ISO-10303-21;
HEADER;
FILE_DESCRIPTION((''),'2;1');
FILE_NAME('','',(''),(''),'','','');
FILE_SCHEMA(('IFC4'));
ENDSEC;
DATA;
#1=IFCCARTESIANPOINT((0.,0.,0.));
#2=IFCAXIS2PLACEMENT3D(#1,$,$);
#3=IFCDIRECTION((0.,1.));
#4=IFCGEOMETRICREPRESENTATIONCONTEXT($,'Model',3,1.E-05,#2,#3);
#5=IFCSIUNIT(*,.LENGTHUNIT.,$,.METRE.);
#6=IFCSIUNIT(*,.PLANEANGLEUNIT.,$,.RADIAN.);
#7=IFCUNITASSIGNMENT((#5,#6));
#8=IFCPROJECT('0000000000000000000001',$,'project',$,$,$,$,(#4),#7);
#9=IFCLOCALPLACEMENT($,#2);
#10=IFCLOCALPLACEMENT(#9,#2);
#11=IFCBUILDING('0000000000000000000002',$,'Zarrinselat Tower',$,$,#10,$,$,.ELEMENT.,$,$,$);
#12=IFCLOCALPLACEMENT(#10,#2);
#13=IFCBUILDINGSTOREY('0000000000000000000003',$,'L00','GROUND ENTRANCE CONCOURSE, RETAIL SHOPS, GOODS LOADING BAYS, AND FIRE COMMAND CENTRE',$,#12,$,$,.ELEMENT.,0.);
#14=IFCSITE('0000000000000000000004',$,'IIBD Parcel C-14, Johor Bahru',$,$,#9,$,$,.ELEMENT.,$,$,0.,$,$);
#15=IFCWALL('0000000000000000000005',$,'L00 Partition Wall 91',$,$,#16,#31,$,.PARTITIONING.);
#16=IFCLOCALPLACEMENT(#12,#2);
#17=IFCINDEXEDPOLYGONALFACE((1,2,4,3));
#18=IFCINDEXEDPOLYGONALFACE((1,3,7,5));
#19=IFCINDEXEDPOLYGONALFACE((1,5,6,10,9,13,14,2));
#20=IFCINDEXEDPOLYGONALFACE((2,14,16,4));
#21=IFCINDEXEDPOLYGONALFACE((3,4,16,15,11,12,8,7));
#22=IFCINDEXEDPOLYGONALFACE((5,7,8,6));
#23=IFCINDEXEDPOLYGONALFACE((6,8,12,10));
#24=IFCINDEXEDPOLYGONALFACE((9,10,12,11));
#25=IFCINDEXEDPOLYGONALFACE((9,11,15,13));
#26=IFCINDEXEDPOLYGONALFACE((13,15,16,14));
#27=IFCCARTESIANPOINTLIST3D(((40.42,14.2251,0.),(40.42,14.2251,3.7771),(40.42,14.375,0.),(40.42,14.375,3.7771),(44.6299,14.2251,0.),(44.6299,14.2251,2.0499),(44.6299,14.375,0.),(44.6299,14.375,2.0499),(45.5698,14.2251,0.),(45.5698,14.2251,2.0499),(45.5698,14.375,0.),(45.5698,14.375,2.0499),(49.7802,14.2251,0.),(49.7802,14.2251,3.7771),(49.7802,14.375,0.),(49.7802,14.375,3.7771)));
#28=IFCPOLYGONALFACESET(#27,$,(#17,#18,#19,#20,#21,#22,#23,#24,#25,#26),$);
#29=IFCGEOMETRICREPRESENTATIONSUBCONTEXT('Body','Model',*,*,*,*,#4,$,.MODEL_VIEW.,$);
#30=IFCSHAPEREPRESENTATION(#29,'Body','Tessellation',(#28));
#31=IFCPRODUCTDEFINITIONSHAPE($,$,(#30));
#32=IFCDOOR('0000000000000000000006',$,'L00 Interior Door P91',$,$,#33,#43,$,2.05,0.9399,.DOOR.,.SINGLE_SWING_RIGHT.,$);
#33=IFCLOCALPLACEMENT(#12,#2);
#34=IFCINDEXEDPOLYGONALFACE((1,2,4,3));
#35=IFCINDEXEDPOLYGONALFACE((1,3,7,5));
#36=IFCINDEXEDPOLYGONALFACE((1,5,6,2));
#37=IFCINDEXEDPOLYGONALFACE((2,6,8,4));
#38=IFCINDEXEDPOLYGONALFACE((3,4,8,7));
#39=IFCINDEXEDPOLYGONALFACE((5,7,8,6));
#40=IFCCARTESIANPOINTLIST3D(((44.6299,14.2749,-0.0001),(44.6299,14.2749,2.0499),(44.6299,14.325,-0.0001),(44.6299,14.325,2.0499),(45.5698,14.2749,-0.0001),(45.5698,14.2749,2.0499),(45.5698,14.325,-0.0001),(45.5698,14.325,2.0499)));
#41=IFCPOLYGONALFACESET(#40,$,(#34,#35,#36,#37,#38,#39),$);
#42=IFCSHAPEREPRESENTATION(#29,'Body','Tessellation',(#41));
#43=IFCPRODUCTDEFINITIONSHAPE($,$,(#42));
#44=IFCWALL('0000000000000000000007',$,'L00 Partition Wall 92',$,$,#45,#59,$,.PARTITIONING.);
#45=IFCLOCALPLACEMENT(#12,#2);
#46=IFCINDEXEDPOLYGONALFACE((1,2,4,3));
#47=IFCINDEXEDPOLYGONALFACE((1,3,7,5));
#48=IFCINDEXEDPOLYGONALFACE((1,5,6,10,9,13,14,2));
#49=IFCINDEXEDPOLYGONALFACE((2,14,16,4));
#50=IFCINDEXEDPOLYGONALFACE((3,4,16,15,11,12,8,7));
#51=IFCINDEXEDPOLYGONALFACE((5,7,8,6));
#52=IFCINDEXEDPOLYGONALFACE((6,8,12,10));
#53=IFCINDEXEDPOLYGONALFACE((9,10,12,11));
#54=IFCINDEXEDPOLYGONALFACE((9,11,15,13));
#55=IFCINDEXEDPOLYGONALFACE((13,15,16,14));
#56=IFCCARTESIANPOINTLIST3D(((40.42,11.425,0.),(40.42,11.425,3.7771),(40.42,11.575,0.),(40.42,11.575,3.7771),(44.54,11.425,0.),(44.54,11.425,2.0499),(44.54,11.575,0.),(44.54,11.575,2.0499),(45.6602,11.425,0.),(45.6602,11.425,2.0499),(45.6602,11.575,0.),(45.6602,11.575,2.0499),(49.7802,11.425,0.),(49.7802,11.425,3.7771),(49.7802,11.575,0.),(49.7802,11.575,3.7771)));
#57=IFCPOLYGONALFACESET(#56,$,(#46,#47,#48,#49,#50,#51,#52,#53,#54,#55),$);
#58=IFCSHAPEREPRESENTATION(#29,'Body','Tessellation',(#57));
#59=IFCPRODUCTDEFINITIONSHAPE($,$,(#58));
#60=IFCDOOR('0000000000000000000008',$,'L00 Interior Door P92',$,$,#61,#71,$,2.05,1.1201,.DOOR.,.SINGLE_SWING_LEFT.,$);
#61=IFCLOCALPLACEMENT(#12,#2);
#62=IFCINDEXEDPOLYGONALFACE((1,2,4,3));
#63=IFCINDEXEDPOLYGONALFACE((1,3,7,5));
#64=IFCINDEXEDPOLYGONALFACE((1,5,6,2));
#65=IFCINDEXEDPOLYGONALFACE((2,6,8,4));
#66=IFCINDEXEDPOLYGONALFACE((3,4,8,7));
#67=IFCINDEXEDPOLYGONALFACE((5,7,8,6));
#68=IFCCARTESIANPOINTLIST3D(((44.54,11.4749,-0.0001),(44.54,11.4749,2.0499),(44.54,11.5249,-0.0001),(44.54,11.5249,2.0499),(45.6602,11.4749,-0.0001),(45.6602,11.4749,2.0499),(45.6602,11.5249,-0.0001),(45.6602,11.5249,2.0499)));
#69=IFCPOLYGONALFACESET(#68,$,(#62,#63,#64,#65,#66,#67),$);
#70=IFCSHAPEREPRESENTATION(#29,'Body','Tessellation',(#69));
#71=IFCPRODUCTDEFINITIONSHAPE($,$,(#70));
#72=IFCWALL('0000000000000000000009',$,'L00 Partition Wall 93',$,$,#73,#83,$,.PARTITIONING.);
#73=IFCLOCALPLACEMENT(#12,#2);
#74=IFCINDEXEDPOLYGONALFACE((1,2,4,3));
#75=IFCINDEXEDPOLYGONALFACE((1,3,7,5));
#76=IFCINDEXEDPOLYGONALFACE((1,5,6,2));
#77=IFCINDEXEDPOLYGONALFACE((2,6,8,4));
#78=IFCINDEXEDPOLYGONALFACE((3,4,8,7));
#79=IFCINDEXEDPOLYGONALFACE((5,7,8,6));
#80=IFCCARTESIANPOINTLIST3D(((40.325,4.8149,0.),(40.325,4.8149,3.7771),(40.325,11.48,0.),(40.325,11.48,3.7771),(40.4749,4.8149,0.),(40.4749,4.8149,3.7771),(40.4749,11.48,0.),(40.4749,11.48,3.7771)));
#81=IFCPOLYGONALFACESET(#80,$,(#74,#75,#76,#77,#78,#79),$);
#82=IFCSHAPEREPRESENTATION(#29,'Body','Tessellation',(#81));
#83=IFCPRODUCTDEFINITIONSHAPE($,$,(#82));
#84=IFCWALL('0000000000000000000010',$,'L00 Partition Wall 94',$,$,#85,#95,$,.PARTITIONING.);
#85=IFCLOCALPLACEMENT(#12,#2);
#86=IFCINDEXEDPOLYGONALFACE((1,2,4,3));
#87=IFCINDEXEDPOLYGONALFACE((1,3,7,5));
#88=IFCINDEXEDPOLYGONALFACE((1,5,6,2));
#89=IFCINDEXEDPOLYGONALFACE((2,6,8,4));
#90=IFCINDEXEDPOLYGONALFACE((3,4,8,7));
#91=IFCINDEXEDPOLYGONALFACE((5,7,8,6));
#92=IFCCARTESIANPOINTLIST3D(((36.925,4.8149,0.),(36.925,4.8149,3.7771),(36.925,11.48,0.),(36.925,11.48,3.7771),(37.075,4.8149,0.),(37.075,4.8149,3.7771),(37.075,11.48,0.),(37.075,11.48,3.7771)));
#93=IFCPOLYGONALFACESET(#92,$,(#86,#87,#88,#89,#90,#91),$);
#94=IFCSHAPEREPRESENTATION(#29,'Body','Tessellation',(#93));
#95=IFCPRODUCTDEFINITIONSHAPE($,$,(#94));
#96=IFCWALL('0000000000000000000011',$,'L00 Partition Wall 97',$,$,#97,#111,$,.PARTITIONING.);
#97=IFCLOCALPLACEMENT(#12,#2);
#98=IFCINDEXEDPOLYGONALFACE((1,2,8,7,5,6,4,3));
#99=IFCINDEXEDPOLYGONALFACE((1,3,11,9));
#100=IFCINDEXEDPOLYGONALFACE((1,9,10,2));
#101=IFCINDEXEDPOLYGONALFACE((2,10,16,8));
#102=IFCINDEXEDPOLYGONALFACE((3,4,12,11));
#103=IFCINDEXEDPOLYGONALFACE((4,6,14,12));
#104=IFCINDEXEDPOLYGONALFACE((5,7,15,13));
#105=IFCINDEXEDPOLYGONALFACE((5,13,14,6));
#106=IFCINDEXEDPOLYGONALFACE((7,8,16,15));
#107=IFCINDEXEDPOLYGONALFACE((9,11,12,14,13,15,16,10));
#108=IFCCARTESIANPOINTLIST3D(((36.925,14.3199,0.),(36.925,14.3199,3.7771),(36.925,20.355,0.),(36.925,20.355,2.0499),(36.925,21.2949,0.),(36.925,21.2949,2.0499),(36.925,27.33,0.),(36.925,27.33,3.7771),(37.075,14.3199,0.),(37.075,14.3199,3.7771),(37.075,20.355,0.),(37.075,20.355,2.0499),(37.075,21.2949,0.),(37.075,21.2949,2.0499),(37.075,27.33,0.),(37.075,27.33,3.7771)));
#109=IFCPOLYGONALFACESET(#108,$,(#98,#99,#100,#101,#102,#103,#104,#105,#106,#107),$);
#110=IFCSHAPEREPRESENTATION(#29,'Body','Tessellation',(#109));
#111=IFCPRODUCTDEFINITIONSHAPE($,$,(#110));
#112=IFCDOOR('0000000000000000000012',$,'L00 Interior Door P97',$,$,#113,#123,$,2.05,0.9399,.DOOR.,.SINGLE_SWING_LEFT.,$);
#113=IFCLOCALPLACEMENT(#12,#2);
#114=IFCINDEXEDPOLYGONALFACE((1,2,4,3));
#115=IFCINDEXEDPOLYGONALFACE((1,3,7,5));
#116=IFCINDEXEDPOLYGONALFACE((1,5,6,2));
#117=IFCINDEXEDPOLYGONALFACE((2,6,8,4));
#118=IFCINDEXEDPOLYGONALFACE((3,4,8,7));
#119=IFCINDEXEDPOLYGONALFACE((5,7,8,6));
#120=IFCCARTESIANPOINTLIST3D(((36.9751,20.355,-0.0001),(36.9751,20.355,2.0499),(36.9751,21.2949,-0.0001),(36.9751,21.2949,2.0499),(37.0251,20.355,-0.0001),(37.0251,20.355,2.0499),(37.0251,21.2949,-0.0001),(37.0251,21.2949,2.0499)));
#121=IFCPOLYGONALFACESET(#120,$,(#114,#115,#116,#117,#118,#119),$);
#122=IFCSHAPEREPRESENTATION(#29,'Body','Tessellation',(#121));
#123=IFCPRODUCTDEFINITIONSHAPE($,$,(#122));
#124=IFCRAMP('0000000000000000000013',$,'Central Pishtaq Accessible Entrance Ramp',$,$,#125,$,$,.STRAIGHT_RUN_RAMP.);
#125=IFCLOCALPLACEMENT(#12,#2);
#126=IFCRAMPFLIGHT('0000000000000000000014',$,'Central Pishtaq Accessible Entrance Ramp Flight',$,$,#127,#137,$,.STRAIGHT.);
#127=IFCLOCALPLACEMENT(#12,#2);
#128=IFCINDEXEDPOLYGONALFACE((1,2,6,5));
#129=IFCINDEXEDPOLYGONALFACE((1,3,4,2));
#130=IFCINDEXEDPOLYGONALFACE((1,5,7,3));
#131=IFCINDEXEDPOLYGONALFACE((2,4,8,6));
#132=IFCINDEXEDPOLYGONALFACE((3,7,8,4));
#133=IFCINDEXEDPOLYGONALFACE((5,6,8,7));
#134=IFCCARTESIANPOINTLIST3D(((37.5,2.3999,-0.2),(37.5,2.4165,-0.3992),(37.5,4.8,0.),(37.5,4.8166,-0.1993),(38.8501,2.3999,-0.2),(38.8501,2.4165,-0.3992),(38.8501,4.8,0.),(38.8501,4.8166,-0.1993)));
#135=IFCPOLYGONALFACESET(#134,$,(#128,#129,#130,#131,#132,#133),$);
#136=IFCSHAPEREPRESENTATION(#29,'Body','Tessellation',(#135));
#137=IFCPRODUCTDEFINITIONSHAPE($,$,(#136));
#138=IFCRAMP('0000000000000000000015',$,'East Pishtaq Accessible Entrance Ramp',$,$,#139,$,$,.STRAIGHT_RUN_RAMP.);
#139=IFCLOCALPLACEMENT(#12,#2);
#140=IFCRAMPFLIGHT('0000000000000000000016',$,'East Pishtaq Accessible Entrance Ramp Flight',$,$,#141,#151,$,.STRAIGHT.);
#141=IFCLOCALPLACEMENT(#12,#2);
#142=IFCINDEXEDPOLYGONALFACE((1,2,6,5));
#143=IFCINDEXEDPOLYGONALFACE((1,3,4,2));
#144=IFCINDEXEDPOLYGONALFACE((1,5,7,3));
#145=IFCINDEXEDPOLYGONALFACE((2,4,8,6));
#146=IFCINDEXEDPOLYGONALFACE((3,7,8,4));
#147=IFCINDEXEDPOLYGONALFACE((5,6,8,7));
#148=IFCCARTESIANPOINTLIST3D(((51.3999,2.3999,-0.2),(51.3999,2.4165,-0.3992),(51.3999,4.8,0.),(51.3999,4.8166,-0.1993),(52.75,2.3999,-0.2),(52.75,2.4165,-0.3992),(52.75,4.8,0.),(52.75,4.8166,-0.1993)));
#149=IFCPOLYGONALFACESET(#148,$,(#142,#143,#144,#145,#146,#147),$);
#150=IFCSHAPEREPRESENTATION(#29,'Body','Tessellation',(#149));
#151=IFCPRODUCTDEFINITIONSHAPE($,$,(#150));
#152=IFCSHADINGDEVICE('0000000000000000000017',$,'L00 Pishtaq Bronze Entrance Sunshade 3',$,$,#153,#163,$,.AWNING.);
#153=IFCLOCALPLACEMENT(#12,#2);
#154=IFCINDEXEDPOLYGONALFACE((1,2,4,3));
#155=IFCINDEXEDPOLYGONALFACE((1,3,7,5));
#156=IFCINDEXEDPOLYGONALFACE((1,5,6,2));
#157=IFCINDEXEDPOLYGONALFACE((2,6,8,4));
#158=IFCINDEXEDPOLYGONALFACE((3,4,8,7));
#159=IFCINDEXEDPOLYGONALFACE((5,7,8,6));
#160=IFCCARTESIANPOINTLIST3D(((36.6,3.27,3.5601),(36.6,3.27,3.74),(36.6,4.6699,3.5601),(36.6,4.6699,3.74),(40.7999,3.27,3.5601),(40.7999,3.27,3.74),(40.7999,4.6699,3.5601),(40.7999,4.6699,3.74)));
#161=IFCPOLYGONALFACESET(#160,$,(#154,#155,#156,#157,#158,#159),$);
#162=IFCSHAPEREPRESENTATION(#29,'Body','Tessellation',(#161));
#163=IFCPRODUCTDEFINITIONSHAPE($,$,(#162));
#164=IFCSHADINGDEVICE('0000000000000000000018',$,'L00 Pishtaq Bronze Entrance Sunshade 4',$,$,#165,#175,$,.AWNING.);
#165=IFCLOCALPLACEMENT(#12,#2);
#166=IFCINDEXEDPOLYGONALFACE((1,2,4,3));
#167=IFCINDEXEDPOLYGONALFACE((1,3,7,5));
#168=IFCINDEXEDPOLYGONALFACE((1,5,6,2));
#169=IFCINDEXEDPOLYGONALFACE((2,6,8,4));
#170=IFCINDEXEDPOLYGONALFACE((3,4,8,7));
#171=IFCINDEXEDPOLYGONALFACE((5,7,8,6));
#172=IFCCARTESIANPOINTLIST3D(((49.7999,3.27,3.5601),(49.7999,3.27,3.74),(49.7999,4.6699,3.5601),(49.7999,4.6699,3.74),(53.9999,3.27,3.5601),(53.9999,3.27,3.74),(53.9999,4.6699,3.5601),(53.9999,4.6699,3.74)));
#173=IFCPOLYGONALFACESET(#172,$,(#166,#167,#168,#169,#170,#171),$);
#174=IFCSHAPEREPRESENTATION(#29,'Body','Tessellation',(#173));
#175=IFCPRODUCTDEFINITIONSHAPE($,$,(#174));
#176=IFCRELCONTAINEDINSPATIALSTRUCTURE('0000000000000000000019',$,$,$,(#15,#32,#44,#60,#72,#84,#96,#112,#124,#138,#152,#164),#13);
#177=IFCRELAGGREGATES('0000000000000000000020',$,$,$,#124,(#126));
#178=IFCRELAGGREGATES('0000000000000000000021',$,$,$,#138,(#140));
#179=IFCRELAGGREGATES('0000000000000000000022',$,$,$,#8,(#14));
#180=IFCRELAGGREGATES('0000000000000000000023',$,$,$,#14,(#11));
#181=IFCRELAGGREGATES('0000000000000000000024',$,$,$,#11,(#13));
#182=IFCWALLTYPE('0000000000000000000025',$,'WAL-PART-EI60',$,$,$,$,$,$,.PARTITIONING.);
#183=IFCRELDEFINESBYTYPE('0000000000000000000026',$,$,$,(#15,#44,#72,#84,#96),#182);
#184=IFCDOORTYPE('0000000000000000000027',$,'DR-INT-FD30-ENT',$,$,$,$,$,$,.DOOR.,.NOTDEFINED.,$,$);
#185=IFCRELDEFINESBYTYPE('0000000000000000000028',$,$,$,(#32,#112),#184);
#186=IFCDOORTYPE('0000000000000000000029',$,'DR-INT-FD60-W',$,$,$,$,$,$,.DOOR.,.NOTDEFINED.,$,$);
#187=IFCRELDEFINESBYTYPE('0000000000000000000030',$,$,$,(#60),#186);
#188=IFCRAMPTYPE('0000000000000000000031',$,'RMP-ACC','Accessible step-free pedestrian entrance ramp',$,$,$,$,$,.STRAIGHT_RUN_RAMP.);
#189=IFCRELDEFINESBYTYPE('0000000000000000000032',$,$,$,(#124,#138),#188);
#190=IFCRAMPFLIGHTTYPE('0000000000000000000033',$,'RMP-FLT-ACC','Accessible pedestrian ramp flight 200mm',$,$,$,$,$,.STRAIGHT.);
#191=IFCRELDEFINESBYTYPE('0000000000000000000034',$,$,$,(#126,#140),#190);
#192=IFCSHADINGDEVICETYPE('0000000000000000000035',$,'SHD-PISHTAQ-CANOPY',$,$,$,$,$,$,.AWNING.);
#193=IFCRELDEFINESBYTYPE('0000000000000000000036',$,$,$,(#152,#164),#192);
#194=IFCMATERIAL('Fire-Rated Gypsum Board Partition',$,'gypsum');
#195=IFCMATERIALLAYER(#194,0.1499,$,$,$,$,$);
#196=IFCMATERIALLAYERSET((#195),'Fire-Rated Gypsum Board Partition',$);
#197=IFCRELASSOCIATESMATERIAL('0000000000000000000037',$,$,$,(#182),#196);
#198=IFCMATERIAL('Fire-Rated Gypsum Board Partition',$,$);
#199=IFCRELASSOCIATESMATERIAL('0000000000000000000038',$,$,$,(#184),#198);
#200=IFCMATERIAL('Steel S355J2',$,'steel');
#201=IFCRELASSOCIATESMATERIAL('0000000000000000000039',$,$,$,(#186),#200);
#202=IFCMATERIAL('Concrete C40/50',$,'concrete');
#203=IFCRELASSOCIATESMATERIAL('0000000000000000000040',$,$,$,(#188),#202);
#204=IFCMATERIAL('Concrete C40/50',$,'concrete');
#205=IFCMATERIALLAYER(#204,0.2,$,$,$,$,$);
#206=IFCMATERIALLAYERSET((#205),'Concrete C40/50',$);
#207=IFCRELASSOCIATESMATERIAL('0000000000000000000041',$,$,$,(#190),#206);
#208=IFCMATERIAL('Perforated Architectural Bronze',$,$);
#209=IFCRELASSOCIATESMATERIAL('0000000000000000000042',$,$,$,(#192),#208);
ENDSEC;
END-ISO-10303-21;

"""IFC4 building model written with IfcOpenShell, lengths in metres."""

from ifc_helpers import new_model, si_unit, direction, frame, frame_2d, origin, origin_2d, place, context, subcontext, project, spatial, polyline, rectangle, outline, extrude, material, layer, layer_set, type_object, element, fill, aggregate, save


model = new_model("IFC4")

# Units and contexts
model_context = context("Model", 3, precision=1e-05, world=origin(), true_north=direction((0.0, 1.0)))
body_context = subcontext(model_context, "Body", "Model", "MODEL_VIEW")
ifc_project = project(units=[si_unit("LENGTHUNIT", "METRE"), si_unit("PLANEANGLEUNIT", "RADIAN")], contexts=[model_context])

# Site, building, storey
site_placement = place(None, origin())
site = spatial("IfcSite", under=ifc_project, at=site_placement, Name="IIBD Parcel C-14, Johor Bahru", CompositionType="ELEMENT", RefElevation=0.0)
building_placement = place(site_placement, origin())
building = spatial("IfcBuilding", under=site, at=building_placement, Name="Zarrinselat Tower", CompositionType="ELEMENT")
storey_placement = place(building_placement, origin())
storey = spatial("IfcBuildingStorey", under=building, at=storey_placement, Name="L00", Description="GROUND ENTRANCE CONCOURSE, RETAIL SHOPS, GOODS LOADING BAYS, AND FIRE COMMAND CENTRE", CompositionType="ELEMENT", Elevation=0.0)

# Shared definitions
ifc_material_1 = material(Name="Fire-Rated Gypsum Board Partition", Category="gypsum")
ifc_layer_1 = layer(ifc_material_1, 0.1499)
ifc_layer_set_1 = layer_set([ifc_layer_1], Name="Fire-Rated Gypsum Board Partition")
wall_type_1 = type_object("IfcWallType", Name="WAL-PART-EI60", PredefinedType="PARTITIONING", material=ifc_layer_set_1)

# Shared definitions
ifc_material_2 = material(Name="Fire-Rated Gypsum Board Partition")
door_type_1 = type_object("IfcDoorType", Name="DR-INT-FD30-ENT", OperationType="NOTDEFINED", PredefinedType="DOOR", material=ifc_material_2)

# Walls, openings, doors
wall_1_placement = place(storey_placement, frame((40.4199, 14.3, 0.0), z_axis=(0.0, 0.0, 1.0), x_axis=(1.0, 0.0, 0.0)))
wall_1 = element("IfcWall", 1, at=wall_1_placement, inside=storey, type_object=wall_type_1, Name="L00 Partition Wall 91", PredefinedType="PARTITIONING", context=body_context, shape_type="SweptSolid", body=[
    extrude(rectangle(XDim=9.3601, YDim=0.1499, at=frame_2d((4.6802, 0.0))), origin(), (0.0, 0.0, 1.0), 3.7771),
])
opening_1_placement = place(wall_1_placement, frame((4.21, 0.0, 0.0)))
opening_1 = element("IfcOpeningElement", 2, at=opening_1_placement, cuts=wall_1, PredefinedType="OPENING", context=body_context, shape_type="SweptSolid", body=[
    extrude(rectangle(XDim=0.9399, YDim=2.05, at=frame_2d((0.47, 1.0249))), frame((0.0, 0.085, 0.0), z_axis=(0.0, -1.0, 0.0), x_axis=(1.0, 0.0, 0.0)), (0.0, 0.0, 1.0), 0.1699),
])
door_1_placement = place(opening_1_placement, origin())
door_1 = element("IfcDoor", 3, at=door_1_placement, inside=storey, type_object=door_type_1, Name="L00 Interior Door P91", OperationType="SINGLE_SWING_RIGHT", OverallHeight=2.05, OverallWidth=0.9399, PredefinedType="DOOR", context=body_context, shape_type="SweptSolid", body=[
    extrude(rectangle(XDim=0.9399, YDim=2.05, at=frame_2d((0.47, 1.0249))), frame((0.0, 0.0249, 0.0), z_axis=(0.0, -1.0, 0.0), x_axis=(1.0, 0.0, 0.0)), (0.0, 0.0, 1.0), 0.05),
])
fill(opening_1, door_1)
wall_2_placement = place(storey_placement, frame((40.4199, 11.5, 0.0), z_axis=(0.0, 0.0, 1.0), x_axis=(1.0, 0.0, 0.0)))
wall_2 = element("IfcWall", 4, at=wall_2_placement, inside=storey, type_object=wall_type_1, Name="L00 Partition Wall 92", PredefinedType="PARTITIONING", context=body_context, shape_type="SweptSolid", body=[
    extrude(rectangle(XDim=9.3601, YDim=0.1499, at=frame_2d((4.6802, 0.0))), origin(), (0.0, 0.0, 1.0), 3.7771),
])
opening_2_placement = place(wall_2_placement, frame((4.1201, 0.0, 0.0)))
opening_2 = element("IfcOpeningElement", 5, at=opening_2_placement, cuts=wall_2, PredefinedType="OPENING", context=body_context, shape_type="SweptSolid", body=[
    extrude(rectangle(XDim=1.1201, YDim=2.05, at=frame_2d((0.5601, 1.0249))), frame((0.0, 0.085, 0.0), z_axis=(0.0, -1.0, 0.0), x_axis=(1.0, 0.0, 0.0)), (0.0, 0.0, 1.0), 0.1699),
])
ifc_material_3 = material(Name="Steel S355J2", Category="steel")
door_type_2 = type_object("IfcDoorType", Name="DR-INT-FD60-W", OperationType="NOTDEFINED", PredefinedType="DOOR", material=ifc_material_3)
door_2_placement = place(opening_2_placement, origin())
door_2 = element("IfcDoor", 6, at=door_2_placement, inside=storey, type_object=door_type_2, Name="L00 Interior Door P92", OperationType="SINGLE_SWING_LEFT", OverallHeight=2.05, OverallWidth=1.1201, PredefinedType="DOOR", context=body_context, shape_type="SweptSolid", body=[
    extrude(rectangle(XDim=1.1201, YDim=2.05, at=frame_2d((0.5601, 1.0249))), frame((0.0, 0.0249, 0.0), z_axis=(0.0, -1.0, 0.0), x_axis=(1.0, 0.0, 0.0)), (0.0, 0.0, 1.0), 0.05),
])
fill(opening_2, door_2)

# Walls
for number, where, z_axis, x_axis, name in (
    (7, (40.3999, 4.8149, 0.0), (0.0, 0.0, 1.0), (0.0, 1.0, 0.0), "L00 Partition Wall 93"),
    (8, (37.0, 4.8149, 0.0), (0.0, 0.0, 1.0), (0.0, 1.0, 0.0), "L00 Partition Wall 94"),
):
    element("IfcWall", number, at=place(storey_placement, frame(where, z_axis=z_axis, x_axis=x_axis)), inside=storey, type_object=wall_type_1, Name=name, PredefinedType="PARTITIONING", context=body_context, shape_type="SweptSolid", body=[
        extrude(rectangle(XDim=6.665, YDim=0.1499, at=frame_2d((3.3325, 0.0))), origin(), (0.0, 0.0, 1.0), 3.7771),
    ])

# Wall, opening, door
wall_3_placement = place(storey_placement, frame((37.0, 14.3201, 0.0), z_axis=(0.0, 0.0, 1.0), x_axis=(0.0, 1.0, 0.0)))
wall_3 = element("IfcWall", 9, at=wall_3_placement, inside=storey, type_object=wall_type_1, Name="L00 Partition Wall 97", PredefinedType="PARTITIONING", context=body_context, shape_type="SweptSolid", body=[
    extrude(rectangle(XDim=13.01, YDim=0.1499, at=frame_2d((6.5049, 0.0))), origin(), (0.0, 0.0, 1.0), 3.7771),
])
opening_3_placement = place(wall_3_placement, frame((6.0349, 0.0, 0.0)))
opening_3 = element("IfcOpeningElement", 10, at=opening_3_placement, cuts=wall_3, PredefinedType="OPENING", context=body_context, shape_type="SweptSolid", body=[
    extrude(rectangle(XDim=0.9399, YDim=2.05, at=frame_2d((0.47, 1.0249))), frame((0.0, 0.085, 0.0), z_axis=(0.0, -1.0, 0.0), x_axis=(1.0, 0.0, 0.0)), (0.0, 0.0, 1.0), 0.1699),
])
door_3_placement = place(opening_3_placement, origin())
door_3 = element("IfcDoor", 11, at=door_3_placement, inside=storey, type_object=door_type_1, Name="L00 Interior Door P97", OperationType="SINGLE_SWING_LEFT", OverallHeight=2.05, OverallWidth=0.9399, PredefinedType="DOOR", context=body_context, shape_type="SweptSolid", body=[
    extrude(rectangle(XDim=0.9399, YDim=2.05, at=frame_2d((0.47, 1.0249))), frame((0.0, 0.0249, 0.0), z_axis=(0.0, -1.0, 0.0), x_axis=(1.0, 0.0, 0.0)), (0.0, 0.0, 1.0), 0.05),
])
fill(opening_3, door_3)

# Ramps, ramp flights
ifc_material_4 = material(Name="Concrete C40/50", Category="concrete")
ramp_type = type_object("IfcRampType", Name="RMP-ACC", Description="Accessible step-free pedestrian entrance ramp", PredefinedType="STRAIGHT_RUN_RAMP", material=ifc_material_4)
ramp_1_placement = place(storey_placement, origin())
ramp_1 = element("IfcRamp", 12, at=ramp_1_placement, inside=storey, type_object=ramp_type, Name="Central Pishtaq Accessible Entrance Ramp", PredefinedType="STRAIGHT_RUN_RAMP")
ifc_material_5 = material(Name="Concrete C40/50", Category="concrete")
ifc_layer_2 = layer(ifc_material_5, 0.2)
ifc_layer_set_2 = layer_set([ifc_layer_2], Name="Concrete C40/50")
ramp_flight_type = type_object("IfcRampFlightType", Name="RMP-FLT-ACC", Description="Accessible pedestrian ramp flight 200mm", PredefinedType="STRAIGHT", material=ifc_layer_set_2)
ramp_flight_1_placement = place(storey_placement, frame((37.5, 2.3999, -0.2), z_axis=(0.0, -0.08302, 0.996548), x_axis=(1.0, 0.0, 0.0)))
ramp_flight_1 = element("IfcRampFlight", 13, at=ramp_flight_1_placement, type_object=ramp_flight_type, Name="Central Pishtaq Accessible Entrance Ramp Flight", PredefinedType="STRAIGHT", context=body_context, shape_type="SweptSolid", body=[
    extrude(outline(polyline([(0.0, 0.0), (1.3501, 0.0), (1.3501, 2.4085), (0.0, 2.4085), (0.0, 0.0)])), origin(), (0.0, 0.0, -1.0), 0.2),
])
aggregate(ramp_1, [ramp_flight_1])
ramp_2_placement = place(storey_placement, origin())
ramp_2 = element("IfcRamp", 14, at=ramp_2_placement, inside=storey, type_object=ramp_type, Name="East Pishtaq Accessible Entrance Ramp", PredefinedType="STRAIGHT_RUN_RAMP")
ramp_flight_2_placement = place(storey_placement, frame((51.3999, 2.3999, -0.2), z_axis=(0.0, -0.08302, 0.996548), x_axis=(1.0, 0.0, 0.0)))
ramp_flight_2 = element("IfcRampFlight", 15, at=ramp_flight_2_placement, type_object=ramp_flight_type, Name="East Pishtaq Accessible Entrance Ramp Flight", PredefinedType="STRAIGHT", context=body_context, shape_type="SweptSolid", body=[
    extrude(outline(polyline([(0.0, 0.0), (1.3501, 0.0), (1.3501, 2.4085), (0.0, 2.4085), (0.0, 0.0)])), origin(), (0.0, 0.0, -1.0), 0.2),
])
aggregate(ramp_2, [ramp_flight_2])

# Shading devices
ifc_material_6 = material(Name="Perforated Architectural Bronze")
shading_device_type = type_object("IfcShadingDeviceType", Name="SHD-PISHTAQ-CANOPY", PredefinedType="AWNING", material=ifc_material_6)
for number, where, z_axis, x_axis, name in (
    (16, (38.7, 3.97, 3.5601), (0.0, 0.0, 1.0), (1.0, 0.0, 0.0), "L00 Pishtaq Bronze Entrance Sunshade 3"),
    (17, (51.8999, 3.97, 3.5601), (0.0, 0.0, 1.0), (1.0, 0.0, 0.0), "L00 Pishtaq Bronze Entrance Sunshade 4"),
):
    element("IfcShadingDevice", number, at=place(storey_placement, frame(where, z_axis=z_axis, x_axis=x_axis)), inside=storey, type_object=shading_device_type, Name=name, PredefinedType="AWNING", context=body_context, shape_type="SweptSolid", body=[
        extrude(rectangle(XDim=4.2, YDim=1.3999, at=origin_2d()), origin(), (0.0, 0.0, 1.0), 0.1799),
    ])

save(model, "model.ifc")
